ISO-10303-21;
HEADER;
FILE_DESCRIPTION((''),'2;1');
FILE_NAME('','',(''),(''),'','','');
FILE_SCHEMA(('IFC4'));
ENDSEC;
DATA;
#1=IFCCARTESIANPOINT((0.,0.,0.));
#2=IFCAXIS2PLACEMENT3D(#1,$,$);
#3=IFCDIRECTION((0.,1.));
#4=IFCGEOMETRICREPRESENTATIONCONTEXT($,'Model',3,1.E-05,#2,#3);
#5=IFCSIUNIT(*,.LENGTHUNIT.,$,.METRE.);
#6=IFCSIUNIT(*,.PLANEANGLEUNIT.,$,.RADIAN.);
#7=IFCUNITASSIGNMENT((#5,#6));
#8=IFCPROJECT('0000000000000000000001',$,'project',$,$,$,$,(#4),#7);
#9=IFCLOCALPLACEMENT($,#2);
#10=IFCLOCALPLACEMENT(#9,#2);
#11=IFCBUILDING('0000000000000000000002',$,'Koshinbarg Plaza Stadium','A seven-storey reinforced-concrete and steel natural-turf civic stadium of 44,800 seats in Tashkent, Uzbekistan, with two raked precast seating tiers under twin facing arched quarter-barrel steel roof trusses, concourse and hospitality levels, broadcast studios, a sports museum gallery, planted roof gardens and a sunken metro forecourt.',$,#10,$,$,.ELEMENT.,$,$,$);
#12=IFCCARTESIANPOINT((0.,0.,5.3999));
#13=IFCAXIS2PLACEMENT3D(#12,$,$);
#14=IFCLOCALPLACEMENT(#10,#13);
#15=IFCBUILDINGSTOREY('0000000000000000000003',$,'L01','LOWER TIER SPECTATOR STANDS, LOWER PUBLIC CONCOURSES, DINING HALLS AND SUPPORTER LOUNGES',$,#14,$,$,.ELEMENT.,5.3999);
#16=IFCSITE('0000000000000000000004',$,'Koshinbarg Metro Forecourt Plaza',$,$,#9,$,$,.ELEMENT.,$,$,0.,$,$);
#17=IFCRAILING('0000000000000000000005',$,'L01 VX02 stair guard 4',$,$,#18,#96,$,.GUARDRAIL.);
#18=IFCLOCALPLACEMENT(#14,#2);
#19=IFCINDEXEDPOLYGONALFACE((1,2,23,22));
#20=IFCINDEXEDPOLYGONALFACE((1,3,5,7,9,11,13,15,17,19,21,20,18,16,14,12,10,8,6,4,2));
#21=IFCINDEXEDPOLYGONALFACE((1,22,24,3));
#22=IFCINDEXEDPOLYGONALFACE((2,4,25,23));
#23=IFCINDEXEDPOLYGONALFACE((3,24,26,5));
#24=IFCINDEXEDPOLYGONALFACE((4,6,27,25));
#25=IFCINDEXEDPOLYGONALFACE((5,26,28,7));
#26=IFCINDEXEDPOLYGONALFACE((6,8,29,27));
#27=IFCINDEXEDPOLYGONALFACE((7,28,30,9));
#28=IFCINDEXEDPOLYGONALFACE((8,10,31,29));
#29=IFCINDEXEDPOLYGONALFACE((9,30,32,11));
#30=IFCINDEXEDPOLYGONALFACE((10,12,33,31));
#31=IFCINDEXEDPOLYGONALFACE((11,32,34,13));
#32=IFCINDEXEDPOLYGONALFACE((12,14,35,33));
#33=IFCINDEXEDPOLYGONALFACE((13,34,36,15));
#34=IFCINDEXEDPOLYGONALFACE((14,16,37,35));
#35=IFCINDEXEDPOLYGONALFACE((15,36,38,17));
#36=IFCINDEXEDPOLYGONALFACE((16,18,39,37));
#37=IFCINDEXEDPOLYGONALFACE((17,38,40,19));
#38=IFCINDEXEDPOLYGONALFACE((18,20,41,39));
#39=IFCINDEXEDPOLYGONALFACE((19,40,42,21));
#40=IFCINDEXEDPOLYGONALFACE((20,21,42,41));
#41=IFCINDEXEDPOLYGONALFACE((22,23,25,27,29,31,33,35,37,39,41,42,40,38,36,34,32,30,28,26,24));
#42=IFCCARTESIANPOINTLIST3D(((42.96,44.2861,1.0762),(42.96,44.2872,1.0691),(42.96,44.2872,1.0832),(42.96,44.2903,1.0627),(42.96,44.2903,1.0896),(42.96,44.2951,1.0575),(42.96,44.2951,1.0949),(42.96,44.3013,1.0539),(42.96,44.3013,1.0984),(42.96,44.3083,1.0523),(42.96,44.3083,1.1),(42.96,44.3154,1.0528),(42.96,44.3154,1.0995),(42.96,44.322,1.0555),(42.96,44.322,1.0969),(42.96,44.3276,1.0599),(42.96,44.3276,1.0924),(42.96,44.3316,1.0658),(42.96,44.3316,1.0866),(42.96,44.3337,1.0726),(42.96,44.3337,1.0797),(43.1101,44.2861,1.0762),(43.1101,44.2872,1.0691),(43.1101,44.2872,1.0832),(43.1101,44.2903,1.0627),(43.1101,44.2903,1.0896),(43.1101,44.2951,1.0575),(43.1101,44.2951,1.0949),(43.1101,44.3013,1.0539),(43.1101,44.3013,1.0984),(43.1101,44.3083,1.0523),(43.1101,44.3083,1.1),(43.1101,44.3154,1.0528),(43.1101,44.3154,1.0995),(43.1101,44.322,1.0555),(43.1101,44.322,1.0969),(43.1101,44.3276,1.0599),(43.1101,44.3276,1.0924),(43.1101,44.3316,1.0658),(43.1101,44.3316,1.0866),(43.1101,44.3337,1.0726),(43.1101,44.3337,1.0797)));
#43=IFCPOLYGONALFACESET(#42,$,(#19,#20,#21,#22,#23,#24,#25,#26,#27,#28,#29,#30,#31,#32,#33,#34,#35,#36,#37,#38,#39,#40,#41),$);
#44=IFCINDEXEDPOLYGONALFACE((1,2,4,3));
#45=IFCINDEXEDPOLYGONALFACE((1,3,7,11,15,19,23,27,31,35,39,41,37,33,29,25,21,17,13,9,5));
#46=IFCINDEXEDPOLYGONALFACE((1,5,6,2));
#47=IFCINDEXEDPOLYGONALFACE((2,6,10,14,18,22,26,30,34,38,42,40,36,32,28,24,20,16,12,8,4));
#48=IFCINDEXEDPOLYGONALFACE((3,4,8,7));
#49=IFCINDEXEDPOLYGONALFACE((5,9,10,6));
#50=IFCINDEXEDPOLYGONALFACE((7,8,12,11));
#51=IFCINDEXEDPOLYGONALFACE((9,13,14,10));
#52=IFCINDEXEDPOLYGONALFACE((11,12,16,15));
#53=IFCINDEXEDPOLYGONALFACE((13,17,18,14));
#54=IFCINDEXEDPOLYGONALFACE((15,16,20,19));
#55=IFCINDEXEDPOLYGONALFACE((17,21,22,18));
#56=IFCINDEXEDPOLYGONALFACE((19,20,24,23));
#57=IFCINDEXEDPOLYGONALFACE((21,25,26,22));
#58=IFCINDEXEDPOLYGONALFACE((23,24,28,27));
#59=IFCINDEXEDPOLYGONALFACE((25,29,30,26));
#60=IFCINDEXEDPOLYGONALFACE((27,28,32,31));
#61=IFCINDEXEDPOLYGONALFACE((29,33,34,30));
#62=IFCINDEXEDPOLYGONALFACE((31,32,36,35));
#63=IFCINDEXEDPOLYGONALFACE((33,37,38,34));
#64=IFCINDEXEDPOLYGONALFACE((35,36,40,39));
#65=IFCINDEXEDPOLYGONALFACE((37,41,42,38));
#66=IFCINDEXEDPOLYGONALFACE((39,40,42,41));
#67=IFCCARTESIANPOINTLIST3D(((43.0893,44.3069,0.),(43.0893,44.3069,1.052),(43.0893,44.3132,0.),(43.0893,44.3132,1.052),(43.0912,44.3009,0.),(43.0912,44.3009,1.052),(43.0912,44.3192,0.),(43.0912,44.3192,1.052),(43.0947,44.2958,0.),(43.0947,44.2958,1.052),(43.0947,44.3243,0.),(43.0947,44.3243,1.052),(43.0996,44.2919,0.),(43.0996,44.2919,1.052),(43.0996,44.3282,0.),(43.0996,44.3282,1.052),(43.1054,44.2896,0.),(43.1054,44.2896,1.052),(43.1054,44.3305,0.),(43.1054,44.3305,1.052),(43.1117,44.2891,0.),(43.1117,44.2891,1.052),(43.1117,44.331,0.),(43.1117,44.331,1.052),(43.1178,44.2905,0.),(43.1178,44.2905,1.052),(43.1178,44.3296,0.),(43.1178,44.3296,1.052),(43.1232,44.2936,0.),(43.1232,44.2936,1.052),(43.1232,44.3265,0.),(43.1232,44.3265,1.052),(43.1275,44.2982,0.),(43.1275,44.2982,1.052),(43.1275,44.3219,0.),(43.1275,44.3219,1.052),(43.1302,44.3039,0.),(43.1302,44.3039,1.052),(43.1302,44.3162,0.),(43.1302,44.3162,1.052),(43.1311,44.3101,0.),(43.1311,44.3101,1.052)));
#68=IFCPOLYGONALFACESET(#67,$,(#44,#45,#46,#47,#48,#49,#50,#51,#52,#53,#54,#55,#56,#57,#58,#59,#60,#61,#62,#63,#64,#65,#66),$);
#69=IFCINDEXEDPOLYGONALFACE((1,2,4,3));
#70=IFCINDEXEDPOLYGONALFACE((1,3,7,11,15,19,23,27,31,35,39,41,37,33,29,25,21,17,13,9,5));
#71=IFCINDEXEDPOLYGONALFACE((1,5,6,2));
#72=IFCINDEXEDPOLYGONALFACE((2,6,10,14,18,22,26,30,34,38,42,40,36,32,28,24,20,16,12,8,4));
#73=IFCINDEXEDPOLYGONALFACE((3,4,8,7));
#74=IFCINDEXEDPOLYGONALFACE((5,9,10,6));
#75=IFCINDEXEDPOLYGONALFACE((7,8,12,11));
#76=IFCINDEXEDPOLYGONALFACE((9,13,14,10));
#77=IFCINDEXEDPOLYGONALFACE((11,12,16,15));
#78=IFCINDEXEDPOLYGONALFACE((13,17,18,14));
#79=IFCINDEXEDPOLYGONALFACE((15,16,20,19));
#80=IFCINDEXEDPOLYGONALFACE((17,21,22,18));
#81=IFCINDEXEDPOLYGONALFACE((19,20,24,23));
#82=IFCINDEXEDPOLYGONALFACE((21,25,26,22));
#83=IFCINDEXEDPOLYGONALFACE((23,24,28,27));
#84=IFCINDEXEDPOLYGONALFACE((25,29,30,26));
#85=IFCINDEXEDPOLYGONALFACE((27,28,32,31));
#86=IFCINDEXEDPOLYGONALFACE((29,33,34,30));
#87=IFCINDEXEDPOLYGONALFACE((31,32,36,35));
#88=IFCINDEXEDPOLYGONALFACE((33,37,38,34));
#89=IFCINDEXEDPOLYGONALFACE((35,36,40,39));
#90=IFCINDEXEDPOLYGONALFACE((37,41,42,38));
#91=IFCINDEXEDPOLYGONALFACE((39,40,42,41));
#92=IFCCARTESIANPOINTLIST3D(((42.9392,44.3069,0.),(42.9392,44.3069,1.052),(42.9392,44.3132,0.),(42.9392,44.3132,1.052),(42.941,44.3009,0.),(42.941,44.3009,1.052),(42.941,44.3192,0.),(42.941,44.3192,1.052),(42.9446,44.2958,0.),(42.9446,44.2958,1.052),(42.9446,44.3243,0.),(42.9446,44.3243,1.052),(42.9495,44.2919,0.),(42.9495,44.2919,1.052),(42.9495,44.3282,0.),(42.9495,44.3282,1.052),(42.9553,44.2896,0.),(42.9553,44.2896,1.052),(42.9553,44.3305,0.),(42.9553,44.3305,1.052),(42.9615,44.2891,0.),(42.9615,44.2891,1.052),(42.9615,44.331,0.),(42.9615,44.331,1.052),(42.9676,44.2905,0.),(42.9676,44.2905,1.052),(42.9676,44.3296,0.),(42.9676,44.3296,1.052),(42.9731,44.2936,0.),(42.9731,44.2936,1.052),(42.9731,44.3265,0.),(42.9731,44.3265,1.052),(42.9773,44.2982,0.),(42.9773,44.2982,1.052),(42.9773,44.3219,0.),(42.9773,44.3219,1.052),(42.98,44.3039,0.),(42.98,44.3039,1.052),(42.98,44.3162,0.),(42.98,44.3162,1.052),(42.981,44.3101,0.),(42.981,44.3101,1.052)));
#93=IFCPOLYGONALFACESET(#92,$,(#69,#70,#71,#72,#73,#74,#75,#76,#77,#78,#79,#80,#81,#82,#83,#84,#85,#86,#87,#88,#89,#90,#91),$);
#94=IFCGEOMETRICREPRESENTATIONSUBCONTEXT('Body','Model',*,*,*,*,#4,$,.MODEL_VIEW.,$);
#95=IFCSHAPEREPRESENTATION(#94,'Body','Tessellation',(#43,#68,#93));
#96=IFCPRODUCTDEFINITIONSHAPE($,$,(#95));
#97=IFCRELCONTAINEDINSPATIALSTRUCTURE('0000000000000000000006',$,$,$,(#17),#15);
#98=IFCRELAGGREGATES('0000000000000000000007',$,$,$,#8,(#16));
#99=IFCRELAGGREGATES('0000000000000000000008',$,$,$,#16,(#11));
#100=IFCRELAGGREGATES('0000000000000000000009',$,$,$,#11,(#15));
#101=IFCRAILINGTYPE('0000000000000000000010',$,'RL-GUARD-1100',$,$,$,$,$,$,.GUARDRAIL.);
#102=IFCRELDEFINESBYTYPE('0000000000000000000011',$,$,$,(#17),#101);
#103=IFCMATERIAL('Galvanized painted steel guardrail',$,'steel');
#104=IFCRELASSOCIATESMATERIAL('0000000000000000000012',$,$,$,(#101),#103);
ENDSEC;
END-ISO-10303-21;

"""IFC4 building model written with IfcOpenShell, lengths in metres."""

from ifc_helpers import new_model, si_unit, direction, frame, origin, origin_2d, place, context, subcontext, project, spatial, circle, extrude, material, type_object, element, save


model = new_model("IFC4")

# Units and contexts
model_context = context("Model", 3, precision=1e-05, world=origin(), true_north=direction((0.0, 1.0)))
body_context = subcontext(model_context, "Body", "Model", "MODEL_VIEW")
ifc_project = project(units=[si_unit("LENGTHUNIT", "METRE"), si_unit("PLANEANGLEUNIT", "RADIAN")], contexts=[model_context])

# Site, building, storey
site_placement = place(None, origin())
site = spatial("IfcSite", under=ifc_project, at=site_placement, Name="Koshinbarg Metro Forecourt Plaza", CompositionType="ELEMENT", RefElevation=0.0)
building_placement = place(site_placement, origin())
building = spatial("IfcBuilding", under=site, at=building_placement, Name="Koshinbarg Plaza Stadium", Description="A seven-storey reinforced-concrete and steel natural-turf civic stadium of 44,800 seats in Tashkent, Uzbekistan, with two raked precast seating tiers under twin facing arched quarter-barrel steel roof trusses, concourse and hospitality levels, broadcast studios, a sports museum gallery, planted roof gardens and a sunken metro forecourt.", CompositionType="ELEMENT")
storey_placement = place(building_placement, frame((0.0, 0.0, 5.3999)))
storey = spatial("IfcBuildingStorey", under=building, at=storey_placement, Name="L01", Description="LOWER TIER SPECTATOR STANDS, LOWER PUBLIC CONCOURSES, DINING HALLS AND SUPPORTER LOUNGES", CompositionType="ELEMENT", Elevation=5.3999)

# Railing
ifc_material_1 = material(Name="Galvanized painted steel guardrail", Category="steel")
railing_type_1 = type_object("IfcRailingType", Name="RL-GUARD-1100", PredefinedType="GUARDRAIL", material=ifc_material_1)
railing_1_placement = place(storey_placement, frame((43.1101, 44.3101, 0.0)))
element("IfcRailing", 1, at=railing_1_placement, inside=storey, type_object=railing_type_1, Name="L01 VX02 stair guard 4", PredefinedType="GUARDRAIL", context=body_context, shape_type="SweptSolid", body=[
    extrude(circle(Radius=0.0239, at=origin_2d()), frame((0.0, 0.0, 1.0762), z_axis=(-1.0, 0.0, 0.0), x_axis=(0.0, -1.0, 0.0)), (0.0, 0.0, 1.0), 0.1501),
    extrude(circle(Radius=0.021, at=origin_2d()), origin(), (0.0, 0.0, 1.0), 1.052),
    extrude(circle(Radius=0.021, at=origin_2d()), frame((-0.1501, 0.0, 0.0)), (0.0, 0.0, 1.0), 1.052),
])

save(model, "model.ifc")
